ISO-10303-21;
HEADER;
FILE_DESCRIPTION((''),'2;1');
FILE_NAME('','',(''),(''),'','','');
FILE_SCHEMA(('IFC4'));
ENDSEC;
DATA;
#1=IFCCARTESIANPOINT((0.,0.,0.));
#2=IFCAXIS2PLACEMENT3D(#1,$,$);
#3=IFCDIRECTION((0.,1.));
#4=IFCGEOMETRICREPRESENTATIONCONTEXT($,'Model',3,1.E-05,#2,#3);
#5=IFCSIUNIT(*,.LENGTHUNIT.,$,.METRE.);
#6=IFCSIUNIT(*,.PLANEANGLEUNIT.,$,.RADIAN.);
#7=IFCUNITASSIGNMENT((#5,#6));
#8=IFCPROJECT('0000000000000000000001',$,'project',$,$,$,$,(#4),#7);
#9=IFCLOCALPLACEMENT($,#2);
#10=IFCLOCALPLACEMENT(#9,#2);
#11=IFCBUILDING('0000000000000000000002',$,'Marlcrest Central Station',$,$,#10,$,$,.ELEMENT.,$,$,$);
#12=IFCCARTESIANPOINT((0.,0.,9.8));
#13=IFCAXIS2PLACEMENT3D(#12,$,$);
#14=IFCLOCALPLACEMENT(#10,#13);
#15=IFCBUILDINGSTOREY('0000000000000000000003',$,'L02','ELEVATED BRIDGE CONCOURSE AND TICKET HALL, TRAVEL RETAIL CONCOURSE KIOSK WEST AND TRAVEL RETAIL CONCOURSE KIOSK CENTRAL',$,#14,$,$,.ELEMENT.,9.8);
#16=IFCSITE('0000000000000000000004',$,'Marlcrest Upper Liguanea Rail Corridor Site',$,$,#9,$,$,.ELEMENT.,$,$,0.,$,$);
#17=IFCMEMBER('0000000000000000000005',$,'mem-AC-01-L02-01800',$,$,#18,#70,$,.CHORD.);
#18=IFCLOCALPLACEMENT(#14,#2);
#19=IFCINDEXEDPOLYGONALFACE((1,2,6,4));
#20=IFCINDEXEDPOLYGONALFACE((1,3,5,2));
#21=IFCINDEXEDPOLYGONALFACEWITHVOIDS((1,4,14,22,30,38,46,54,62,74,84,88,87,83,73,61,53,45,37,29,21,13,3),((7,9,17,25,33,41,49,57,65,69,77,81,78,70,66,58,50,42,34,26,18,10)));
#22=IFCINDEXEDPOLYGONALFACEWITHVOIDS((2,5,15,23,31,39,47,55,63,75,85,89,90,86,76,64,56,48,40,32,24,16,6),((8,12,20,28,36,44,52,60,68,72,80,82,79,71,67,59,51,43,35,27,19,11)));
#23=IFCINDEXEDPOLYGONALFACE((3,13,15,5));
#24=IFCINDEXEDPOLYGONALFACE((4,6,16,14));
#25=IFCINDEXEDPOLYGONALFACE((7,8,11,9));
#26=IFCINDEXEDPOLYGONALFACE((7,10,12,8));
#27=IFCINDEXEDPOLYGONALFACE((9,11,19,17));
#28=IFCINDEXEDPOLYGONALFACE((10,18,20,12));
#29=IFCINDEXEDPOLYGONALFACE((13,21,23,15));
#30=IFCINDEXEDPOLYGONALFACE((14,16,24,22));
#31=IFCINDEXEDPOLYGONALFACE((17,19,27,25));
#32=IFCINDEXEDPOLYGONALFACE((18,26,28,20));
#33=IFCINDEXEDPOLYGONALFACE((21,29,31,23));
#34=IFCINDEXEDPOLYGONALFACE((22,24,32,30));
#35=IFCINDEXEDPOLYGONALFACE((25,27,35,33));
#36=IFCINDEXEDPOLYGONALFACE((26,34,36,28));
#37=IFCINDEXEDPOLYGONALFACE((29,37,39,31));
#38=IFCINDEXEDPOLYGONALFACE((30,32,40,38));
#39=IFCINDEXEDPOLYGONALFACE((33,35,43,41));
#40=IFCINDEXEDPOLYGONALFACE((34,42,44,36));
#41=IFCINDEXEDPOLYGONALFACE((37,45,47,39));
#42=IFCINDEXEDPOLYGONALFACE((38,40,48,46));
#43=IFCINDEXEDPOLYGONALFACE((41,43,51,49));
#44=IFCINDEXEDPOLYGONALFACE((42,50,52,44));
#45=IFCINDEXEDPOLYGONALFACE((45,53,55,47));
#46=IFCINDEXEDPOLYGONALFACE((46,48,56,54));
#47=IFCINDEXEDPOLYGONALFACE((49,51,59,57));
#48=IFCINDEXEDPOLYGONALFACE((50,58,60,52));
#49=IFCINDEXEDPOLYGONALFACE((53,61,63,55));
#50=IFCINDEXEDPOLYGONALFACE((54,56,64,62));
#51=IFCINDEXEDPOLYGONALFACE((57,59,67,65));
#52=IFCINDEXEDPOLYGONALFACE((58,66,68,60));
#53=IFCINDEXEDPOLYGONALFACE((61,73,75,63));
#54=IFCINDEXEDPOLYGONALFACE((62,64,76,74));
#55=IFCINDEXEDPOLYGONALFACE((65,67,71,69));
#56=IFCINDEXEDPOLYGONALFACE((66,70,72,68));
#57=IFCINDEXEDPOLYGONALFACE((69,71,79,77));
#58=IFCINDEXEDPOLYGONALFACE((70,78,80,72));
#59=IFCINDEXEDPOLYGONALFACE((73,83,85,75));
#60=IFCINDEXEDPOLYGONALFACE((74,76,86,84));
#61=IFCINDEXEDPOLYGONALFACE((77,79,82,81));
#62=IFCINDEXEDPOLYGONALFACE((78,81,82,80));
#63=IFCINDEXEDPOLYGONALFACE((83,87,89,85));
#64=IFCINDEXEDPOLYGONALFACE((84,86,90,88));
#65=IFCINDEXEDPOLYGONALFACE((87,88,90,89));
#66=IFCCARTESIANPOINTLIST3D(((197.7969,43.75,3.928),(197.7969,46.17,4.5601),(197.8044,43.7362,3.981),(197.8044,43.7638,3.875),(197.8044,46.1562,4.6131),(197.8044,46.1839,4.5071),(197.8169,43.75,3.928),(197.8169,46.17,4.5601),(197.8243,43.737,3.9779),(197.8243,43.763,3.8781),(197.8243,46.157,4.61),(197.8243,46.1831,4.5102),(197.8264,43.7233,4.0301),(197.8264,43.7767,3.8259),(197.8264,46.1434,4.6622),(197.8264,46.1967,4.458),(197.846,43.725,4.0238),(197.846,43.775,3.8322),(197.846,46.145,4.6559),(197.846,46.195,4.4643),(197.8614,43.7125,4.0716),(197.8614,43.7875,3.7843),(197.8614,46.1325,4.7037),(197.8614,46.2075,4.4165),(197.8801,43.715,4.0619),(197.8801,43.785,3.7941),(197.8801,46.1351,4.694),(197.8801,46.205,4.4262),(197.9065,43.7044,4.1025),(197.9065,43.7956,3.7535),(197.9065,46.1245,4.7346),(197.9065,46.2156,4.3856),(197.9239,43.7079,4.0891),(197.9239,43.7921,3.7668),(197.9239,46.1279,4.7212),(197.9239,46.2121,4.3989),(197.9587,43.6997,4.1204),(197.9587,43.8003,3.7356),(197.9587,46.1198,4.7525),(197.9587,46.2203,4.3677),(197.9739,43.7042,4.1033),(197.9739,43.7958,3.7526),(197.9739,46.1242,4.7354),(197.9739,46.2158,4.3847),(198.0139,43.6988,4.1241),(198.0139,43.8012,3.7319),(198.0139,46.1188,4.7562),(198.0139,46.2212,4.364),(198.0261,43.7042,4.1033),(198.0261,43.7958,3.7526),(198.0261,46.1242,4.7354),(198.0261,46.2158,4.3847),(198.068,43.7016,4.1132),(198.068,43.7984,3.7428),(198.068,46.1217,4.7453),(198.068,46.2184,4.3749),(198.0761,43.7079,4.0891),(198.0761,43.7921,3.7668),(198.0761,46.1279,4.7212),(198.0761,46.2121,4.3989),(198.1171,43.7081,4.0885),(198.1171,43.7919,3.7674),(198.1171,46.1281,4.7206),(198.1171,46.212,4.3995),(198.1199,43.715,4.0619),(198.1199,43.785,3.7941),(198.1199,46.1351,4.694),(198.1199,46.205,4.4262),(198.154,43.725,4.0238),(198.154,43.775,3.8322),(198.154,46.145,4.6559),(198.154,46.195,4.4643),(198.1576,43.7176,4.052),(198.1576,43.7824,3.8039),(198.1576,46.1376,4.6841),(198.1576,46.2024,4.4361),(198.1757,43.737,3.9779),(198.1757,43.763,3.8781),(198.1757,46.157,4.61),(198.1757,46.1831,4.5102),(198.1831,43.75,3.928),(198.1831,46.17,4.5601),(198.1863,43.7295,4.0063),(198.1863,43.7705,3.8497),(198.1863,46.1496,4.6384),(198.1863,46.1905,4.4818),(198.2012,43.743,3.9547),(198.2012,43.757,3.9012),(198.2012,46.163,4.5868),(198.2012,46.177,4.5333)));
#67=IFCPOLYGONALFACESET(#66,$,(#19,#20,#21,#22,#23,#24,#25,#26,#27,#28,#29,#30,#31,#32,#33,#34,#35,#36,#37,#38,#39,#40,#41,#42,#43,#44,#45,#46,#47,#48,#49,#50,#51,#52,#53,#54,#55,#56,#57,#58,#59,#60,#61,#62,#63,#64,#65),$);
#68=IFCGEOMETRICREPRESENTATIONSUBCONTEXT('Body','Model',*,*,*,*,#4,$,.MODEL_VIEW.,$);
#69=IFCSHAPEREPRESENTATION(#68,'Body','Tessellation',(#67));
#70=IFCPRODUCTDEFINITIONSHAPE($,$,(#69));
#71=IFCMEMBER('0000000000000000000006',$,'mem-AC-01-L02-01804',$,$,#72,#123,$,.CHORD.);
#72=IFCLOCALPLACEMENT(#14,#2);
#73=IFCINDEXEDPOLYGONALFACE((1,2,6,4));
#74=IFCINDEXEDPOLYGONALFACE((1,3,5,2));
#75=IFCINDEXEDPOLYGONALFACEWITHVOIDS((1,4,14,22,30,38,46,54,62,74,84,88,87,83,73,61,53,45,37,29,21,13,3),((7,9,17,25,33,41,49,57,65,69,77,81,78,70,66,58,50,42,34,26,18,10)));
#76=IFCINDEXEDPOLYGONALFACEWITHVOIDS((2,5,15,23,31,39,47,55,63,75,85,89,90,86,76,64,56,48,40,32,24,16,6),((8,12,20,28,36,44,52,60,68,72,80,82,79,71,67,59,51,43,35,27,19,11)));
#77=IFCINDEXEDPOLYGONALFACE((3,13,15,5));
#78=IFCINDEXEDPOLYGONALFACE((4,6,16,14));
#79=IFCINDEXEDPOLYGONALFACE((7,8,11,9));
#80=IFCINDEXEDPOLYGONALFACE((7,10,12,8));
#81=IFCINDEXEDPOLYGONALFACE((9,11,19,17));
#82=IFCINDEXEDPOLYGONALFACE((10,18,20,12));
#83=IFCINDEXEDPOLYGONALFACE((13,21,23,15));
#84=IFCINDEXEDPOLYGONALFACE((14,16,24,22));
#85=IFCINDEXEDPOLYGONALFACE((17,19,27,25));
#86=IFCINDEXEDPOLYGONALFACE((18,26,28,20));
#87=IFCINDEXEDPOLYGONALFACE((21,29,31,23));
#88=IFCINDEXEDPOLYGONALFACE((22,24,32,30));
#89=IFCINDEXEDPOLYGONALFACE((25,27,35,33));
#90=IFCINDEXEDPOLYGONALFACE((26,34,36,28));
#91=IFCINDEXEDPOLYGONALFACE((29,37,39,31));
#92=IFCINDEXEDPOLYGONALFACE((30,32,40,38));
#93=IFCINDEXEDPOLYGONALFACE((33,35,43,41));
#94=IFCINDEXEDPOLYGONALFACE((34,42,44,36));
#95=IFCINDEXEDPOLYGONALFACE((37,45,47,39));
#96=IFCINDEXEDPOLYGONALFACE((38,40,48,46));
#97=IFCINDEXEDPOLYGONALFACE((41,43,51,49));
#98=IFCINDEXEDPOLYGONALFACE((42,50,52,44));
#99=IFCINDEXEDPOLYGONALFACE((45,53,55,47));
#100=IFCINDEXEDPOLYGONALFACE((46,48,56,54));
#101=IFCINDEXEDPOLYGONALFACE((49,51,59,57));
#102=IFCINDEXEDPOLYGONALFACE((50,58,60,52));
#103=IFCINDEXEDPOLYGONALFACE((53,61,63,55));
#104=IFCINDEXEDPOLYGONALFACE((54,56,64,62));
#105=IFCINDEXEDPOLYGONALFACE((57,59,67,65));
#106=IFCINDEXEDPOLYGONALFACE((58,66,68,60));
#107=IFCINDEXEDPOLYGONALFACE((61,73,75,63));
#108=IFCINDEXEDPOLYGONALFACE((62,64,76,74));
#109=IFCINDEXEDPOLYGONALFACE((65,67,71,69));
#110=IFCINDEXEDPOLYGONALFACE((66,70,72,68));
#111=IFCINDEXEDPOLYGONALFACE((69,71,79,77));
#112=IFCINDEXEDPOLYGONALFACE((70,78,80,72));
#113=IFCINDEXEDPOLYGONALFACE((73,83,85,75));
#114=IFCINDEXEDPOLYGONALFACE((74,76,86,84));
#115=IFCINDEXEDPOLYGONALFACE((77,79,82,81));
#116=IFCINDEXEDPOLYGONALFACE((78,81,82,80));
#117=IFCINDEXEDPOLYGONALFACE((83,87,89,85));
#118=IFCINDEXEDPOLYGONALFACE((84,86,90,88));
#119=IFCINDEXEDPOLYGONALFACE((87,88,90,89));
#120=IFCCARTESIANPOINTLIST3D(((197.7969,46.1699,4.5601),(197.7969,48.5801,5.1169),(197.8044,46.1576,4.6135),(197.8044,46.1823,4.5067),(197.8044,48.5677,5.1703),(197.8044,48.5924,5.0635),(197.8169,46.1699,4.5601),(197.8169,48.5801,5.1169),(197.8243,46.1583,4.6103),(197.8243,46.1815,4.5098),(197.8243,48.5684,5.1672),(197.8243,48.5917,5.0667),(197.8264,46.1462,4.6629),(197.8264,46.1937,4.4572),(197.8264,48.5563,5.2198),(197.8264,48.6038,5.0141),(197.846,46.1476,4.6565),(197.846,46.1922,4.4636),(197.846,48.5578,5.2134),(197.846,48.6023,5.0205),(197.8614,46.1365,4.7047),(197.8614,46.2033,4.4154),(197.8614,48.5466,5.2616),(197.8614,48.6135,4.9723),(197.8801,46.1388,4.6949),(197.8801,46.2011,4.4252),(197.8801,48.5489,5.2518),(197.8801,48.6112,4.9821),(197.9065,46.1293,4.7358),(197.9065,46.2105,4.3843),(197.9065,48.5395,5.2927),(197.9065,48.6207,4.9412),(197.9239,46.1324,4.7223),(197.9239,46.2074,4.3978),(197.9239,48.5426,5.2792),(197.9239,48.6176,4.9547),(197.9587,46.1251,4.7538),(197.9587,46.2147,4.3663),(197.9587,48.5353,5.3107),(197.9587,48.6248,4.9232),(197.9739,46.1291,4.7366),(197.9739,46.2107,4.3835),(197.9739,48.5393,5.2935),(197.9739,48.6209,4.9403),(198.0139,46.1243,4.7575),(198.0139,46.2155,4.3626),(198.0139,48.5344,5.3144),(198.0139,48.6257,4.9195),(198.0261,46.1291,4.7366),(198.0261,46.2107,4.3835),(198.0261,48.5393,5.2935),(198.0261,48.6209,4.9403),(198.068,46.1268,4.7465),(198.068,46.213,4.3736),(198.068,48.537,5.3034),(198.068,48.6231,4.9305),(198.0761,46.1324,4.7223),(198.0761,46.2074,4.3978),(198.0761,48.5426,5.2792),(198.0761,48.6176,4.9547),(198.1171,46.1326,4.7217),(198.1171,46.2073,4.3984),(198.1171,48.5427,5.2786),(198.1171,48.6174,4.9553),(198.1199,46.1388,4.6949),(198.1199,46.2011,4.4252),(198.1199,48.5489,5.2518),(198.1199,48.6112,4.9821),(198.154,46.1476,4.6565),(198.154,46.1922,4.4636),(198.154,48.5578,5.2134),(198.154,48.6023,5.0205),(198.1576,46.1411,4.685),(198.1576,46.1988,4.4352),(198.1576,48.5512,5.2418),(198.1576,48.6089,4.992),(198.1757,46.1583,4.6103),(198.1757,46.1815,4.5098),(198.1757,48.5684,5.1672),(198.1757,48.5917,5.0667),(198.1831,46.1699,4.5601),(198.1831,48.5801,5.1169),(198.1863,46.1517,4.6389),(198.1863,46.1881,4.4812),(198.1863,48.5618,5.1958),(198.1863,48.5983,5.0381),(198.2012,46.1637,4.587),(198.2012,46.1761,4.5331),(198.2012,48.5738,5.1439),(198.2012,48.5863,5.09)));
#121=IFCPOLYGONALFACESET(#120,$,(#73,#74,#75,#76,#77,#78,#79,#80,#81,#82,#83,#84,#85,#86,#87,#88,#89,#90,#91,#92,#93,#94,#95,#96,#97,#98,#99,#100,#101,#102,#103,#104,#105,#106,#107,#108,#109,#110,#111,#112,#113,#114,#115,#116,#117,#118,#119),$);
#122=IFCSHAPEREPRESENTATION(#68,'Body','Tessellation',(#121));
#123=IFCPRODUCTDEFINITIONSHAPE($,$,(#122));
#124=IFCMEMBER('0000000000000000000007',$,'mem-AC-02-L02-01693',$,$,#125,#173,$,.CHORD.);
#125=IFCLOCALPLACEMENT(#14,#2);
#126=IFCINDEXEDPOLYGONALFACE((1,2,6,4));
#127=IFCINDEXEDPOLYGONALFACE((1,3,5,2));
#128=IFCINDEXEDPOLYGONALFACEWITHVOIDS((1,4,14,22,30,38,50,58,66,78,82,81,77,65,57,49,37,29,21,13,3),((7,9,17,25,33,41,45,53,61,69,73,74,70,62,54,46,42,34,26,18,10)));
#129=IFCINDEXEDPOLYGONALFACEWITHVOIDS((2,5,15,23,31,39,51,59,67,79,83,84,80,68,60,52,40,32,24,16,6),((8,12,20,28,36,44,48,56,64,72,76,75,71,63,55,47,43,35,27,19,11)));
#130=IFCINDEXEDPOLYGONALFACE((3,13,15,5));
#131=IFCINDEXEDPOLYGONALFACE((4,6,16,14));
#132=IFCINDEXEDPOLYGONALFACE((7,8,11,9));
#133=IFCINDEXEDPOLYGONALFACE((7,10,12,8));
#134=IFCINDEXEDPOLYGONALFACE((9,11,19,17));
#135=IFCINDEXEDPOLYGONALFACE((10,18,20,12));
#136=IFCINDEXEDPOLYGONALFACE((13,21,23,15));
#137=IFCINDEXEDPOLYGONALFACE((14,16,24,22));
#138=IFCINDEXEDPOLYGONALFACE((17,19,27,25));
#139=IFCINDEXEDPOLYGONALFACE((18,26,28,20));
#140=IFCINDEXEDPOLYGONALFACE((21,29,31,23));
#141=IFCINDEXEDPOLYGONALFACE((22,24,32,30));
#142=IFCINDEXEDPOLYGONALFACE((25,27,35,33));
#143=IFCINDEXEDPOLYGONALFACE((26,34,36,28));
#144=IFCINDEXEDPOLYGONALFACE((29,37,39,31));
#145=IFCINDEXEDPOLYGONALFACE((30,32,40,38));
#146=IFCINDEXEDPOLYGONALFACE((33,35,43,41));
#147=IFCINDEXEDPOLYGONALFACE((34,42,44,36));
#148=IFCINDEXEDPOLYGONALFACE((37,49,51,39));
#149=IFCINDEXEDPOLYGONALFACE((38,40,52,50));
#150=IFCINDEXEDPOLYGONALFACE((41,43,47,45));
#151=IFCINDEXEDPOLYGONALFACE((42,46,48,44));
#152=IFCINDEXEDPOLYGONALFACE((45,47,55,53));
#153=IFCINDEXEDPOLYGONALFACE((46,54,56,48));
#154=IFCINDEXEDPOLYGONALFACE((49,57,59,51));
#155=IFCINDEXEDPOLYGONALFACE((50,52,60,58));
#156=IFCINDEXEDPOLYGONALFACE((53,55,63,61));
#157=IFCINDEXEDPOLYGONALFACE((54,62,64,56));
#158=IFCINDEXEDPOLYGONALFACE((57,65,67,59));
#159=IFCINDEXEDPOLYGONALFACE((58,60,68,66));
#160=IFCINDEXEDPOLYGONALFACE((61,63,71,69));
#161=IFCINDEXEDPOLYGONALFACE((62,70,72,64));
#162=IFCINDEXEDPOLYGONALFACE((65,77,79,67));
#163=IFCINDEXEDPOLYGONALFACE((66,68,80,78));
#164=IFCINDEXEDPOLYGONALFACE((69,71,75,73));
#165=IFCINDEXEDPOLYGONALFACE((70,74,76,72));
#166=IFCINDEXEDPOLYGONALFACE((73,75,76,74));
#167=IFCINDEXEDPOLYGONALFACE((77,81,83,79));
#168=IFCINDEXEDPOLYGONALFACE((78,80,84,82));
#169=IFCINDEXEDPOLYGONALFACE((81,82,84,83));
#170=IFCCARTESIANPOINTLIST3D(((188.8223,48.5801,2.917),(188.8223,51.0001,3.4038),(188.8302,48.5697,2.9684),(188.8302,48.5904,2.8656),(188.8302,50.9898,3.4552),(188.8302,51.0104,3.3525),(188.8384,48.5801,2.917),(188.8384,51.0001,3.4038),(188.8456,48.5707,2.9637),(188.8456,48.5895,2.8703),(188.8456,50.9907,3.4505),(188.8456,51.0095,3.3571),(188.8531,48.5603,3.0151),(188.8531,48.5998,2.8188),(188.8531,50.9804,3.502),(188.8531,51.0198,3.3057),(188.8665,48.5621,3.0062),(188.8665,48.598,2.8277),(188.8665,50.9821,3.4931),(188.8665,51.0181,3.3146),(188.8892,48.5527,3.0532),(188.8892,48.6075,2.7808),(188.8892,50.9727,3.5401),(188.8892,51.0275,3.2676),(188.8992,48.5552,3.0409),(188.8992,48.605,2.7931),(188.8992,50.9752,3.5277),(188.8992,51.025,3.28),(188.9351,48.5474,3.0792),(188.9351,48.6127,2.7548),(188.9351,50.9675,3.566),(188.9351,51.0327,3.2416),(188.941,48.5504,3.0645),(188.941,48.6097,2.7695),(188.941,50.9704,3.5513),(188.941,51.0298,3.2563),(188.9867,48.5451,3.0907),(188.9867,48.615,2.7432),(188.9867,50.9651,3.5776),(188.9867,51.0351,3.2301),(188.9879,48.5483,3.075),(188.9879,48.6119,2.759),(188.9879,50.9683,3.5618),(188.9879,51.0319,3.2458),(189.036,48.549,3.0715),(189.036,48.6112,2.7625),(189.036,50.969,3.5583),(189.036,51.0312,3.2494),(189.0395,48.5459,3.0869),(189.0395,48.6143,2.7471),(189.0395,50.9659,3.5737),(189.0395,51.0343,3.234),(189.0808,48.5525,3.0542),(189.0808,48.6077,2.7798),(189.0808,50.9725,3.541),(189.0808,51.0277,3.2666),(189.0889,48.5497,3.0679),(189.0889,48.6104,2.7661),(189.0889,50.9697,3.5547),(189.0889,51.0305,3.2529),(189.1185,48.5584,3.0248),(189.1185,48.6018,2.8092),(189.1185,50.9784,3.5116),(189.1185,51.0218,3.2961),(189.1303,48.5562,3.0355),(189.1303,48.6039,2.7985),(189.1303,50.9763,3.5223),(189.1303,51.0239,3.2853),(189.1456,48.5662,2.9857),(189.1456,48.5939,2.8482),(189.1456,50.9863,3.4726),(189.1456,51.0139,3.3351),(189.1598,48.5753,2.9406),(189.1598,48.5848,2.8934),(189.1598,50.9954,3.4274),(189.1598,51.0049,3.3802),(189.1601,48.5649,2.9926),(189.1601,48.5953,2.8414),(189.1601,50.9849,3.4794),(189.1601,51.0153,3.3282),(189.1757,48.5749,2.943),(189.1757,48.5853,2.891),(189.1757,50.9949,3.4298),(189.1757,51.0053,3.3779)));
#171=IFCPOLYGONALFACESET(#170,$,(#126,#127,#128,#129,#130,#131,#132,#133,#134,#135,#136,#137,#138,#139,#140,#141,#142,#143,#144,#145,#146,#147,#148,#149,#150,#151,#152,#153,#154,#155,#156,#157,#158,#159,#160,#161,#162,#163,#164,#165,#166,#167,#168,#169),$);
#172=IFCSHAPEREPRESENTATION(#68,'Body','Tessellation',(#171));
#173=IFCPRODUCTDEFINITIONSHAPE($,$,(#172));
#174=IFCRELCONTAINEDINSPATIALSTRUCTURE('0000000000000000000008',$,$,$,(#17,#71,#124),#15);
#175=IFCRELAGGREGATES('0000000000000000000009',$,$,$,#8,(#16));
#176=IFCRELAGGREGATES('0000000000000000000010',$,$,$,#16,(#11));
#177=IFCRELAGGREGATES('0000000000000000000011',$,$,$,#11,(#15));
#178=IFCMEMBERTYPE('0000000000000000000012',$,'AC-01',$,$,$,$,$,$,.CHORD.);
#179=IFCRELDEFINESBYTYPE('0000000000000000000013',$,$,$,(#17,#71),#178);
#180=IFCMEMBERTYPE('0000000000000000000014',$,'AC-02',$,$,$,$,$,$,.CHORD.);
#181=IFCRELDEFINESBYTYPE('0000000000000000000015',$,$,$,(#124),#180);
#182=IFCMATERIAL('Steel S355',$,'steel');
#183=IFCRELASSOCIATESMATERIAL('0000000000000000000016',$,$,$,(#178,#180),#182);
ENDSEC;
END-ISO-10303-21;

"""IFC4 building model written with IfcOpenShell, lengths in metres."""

from ifc_helpers import new_model, si_unit, direction, frame, origin, origin_2d, place, context, subcontext, project, spatial, hollow_circle, extrude, material, material_profile, profile_set, type_object, element, save


model = new_model("IFC4")

# Units and contexts
model_context = context("Model", 3, precision=1e-05, world=origin(), true_north=direction((0.0, 1.0)))
body_context = subcontext(model_context, "Body", "Model", "MODEL_VIEW")
ifc_project = project(units=[si_unit("LENGTHUNIT", "METRE"), si_unit("PLANEANGLEUNIT", "RADIAN")], contexts=[model_context])

# Site, building, storey
site_placement = place(None, origin())
site = spatial("IfcSite", under=ifc_project, at=site_placement, Name="Marlcrest Upper Liguanea Rail Corridor Site", CompositionType="ELEMENT", RefElevation=0.0)
building_placement = place(site_placement, origin())
building = spatial("IfcBuilding", under=site, at=building_placement, Name="Marlcrest Central Station", CompositionType="ELEMENT")
storey_placement = place(building_placement, frame((0.0, 0.0, 9.8)))
storey = spatial("IfcBuildingStorey", under=building, at=storey_placement, Name="L02", Description="ELEVATED BRIDGE CONCOURSE AND TICKET HALL, TRAVEL RETAIL CONCOURSE KIOSK WEST AND TRAVEL RETAIL CONCOURSE KIOSK CENTRAL", CompositionType="ELEMENT", Elevation=9.8)

# Members
ifc_material_1 = material(Name="Steel S355", Category="steel")
ifc_material_profile_1 = material_profile(ifc_material_1, hollow_circle(Radius=0.2031, WallThickness=0.02, at=origin_2d()), Name="CHS 406.4x20")
ifc_profile_set_1 = profile_set([ifc_material_profile_1], Name="Steel S355")
member_type_1 = type_object("IfcMemberType", Name="AC-01", PredefinedType="CHORD", material=ifc_profile_set_1)
member_1_placement = place(storey_placement, frame((198.0, 43.75, 3.928), z_axis=(0.0, 0.967539, 0.25272), x_axis=(-1.0, 0.0, 0.0)))
element("IfcMember", 1, at=member_1_placement, inside=storey, type_object=member_type_1, Name="mem-AC-01-L02-01800", PredefinedType="CHORD", context=body_context, shape_type="SweptSolid", body=[
    extrude(hollow_circle(Radius=0.2031, WallThickness=0.02, at=origin_2d()), origin(), (0.0, 0.0, 1.0), 2.5012),
])
member_2_placement = place(storey_placement, frame((198.0, 46.1699, 4.5601), z_axis=(0.0, 0.97433, 0.225126), x_axis=(-1.0, 0.0, 0.0)))
element("IfcMember", 2, at=member_2_placement, inside=storey, type_object=member_type_1, Name="mem-AC-01-L02-01804", PredefinedType="CHORD", context=body_context, shape_type="SweptSolid", body=[
    extrude(hollow_circle(Radius=0.2031, WallThickness=0.02, at=origin_2d()), origin(), (0.0, 0.0, 1.0), 2.4736),
])
ifc_material_profile_2 = material_profile(ifc_material_1, hollow_circle(Radius=0.1777, WallThickness=0.0161, at=origin_2d()), Name="CHS 355.6x16")
ifc_profile_set_2 = profile_set([ifc_material_profile_2], Name="Steel S355")
member_type_2 = type_object("IfcMemberType", Name="AC-02", PredefinedType="CHORD", material=ifc_profile_set_2)
member_3_placement = place(storey_placement, frame((189.0, 48.5801, 2.917), z_axis=(0.0, 0.980359, 0.197219), x_axis=(-1.0, 0.0, 0.0)))
element("IfcMember", 3, at=member_3_placement, inside=storey, type_object=member_type_2, Name="mem-AC-02-L02-01693", PredefinedType="CHORD", context=body_context, shape_type="SweptSolid", body=[
    extrude(hollow_circle(Radius=0.1777, WallThickness=0.0161, at=origin_2d()), origin(), (0.0, 0.0, 1.0), 2.4685),
])

save(model, "model.ifc")
